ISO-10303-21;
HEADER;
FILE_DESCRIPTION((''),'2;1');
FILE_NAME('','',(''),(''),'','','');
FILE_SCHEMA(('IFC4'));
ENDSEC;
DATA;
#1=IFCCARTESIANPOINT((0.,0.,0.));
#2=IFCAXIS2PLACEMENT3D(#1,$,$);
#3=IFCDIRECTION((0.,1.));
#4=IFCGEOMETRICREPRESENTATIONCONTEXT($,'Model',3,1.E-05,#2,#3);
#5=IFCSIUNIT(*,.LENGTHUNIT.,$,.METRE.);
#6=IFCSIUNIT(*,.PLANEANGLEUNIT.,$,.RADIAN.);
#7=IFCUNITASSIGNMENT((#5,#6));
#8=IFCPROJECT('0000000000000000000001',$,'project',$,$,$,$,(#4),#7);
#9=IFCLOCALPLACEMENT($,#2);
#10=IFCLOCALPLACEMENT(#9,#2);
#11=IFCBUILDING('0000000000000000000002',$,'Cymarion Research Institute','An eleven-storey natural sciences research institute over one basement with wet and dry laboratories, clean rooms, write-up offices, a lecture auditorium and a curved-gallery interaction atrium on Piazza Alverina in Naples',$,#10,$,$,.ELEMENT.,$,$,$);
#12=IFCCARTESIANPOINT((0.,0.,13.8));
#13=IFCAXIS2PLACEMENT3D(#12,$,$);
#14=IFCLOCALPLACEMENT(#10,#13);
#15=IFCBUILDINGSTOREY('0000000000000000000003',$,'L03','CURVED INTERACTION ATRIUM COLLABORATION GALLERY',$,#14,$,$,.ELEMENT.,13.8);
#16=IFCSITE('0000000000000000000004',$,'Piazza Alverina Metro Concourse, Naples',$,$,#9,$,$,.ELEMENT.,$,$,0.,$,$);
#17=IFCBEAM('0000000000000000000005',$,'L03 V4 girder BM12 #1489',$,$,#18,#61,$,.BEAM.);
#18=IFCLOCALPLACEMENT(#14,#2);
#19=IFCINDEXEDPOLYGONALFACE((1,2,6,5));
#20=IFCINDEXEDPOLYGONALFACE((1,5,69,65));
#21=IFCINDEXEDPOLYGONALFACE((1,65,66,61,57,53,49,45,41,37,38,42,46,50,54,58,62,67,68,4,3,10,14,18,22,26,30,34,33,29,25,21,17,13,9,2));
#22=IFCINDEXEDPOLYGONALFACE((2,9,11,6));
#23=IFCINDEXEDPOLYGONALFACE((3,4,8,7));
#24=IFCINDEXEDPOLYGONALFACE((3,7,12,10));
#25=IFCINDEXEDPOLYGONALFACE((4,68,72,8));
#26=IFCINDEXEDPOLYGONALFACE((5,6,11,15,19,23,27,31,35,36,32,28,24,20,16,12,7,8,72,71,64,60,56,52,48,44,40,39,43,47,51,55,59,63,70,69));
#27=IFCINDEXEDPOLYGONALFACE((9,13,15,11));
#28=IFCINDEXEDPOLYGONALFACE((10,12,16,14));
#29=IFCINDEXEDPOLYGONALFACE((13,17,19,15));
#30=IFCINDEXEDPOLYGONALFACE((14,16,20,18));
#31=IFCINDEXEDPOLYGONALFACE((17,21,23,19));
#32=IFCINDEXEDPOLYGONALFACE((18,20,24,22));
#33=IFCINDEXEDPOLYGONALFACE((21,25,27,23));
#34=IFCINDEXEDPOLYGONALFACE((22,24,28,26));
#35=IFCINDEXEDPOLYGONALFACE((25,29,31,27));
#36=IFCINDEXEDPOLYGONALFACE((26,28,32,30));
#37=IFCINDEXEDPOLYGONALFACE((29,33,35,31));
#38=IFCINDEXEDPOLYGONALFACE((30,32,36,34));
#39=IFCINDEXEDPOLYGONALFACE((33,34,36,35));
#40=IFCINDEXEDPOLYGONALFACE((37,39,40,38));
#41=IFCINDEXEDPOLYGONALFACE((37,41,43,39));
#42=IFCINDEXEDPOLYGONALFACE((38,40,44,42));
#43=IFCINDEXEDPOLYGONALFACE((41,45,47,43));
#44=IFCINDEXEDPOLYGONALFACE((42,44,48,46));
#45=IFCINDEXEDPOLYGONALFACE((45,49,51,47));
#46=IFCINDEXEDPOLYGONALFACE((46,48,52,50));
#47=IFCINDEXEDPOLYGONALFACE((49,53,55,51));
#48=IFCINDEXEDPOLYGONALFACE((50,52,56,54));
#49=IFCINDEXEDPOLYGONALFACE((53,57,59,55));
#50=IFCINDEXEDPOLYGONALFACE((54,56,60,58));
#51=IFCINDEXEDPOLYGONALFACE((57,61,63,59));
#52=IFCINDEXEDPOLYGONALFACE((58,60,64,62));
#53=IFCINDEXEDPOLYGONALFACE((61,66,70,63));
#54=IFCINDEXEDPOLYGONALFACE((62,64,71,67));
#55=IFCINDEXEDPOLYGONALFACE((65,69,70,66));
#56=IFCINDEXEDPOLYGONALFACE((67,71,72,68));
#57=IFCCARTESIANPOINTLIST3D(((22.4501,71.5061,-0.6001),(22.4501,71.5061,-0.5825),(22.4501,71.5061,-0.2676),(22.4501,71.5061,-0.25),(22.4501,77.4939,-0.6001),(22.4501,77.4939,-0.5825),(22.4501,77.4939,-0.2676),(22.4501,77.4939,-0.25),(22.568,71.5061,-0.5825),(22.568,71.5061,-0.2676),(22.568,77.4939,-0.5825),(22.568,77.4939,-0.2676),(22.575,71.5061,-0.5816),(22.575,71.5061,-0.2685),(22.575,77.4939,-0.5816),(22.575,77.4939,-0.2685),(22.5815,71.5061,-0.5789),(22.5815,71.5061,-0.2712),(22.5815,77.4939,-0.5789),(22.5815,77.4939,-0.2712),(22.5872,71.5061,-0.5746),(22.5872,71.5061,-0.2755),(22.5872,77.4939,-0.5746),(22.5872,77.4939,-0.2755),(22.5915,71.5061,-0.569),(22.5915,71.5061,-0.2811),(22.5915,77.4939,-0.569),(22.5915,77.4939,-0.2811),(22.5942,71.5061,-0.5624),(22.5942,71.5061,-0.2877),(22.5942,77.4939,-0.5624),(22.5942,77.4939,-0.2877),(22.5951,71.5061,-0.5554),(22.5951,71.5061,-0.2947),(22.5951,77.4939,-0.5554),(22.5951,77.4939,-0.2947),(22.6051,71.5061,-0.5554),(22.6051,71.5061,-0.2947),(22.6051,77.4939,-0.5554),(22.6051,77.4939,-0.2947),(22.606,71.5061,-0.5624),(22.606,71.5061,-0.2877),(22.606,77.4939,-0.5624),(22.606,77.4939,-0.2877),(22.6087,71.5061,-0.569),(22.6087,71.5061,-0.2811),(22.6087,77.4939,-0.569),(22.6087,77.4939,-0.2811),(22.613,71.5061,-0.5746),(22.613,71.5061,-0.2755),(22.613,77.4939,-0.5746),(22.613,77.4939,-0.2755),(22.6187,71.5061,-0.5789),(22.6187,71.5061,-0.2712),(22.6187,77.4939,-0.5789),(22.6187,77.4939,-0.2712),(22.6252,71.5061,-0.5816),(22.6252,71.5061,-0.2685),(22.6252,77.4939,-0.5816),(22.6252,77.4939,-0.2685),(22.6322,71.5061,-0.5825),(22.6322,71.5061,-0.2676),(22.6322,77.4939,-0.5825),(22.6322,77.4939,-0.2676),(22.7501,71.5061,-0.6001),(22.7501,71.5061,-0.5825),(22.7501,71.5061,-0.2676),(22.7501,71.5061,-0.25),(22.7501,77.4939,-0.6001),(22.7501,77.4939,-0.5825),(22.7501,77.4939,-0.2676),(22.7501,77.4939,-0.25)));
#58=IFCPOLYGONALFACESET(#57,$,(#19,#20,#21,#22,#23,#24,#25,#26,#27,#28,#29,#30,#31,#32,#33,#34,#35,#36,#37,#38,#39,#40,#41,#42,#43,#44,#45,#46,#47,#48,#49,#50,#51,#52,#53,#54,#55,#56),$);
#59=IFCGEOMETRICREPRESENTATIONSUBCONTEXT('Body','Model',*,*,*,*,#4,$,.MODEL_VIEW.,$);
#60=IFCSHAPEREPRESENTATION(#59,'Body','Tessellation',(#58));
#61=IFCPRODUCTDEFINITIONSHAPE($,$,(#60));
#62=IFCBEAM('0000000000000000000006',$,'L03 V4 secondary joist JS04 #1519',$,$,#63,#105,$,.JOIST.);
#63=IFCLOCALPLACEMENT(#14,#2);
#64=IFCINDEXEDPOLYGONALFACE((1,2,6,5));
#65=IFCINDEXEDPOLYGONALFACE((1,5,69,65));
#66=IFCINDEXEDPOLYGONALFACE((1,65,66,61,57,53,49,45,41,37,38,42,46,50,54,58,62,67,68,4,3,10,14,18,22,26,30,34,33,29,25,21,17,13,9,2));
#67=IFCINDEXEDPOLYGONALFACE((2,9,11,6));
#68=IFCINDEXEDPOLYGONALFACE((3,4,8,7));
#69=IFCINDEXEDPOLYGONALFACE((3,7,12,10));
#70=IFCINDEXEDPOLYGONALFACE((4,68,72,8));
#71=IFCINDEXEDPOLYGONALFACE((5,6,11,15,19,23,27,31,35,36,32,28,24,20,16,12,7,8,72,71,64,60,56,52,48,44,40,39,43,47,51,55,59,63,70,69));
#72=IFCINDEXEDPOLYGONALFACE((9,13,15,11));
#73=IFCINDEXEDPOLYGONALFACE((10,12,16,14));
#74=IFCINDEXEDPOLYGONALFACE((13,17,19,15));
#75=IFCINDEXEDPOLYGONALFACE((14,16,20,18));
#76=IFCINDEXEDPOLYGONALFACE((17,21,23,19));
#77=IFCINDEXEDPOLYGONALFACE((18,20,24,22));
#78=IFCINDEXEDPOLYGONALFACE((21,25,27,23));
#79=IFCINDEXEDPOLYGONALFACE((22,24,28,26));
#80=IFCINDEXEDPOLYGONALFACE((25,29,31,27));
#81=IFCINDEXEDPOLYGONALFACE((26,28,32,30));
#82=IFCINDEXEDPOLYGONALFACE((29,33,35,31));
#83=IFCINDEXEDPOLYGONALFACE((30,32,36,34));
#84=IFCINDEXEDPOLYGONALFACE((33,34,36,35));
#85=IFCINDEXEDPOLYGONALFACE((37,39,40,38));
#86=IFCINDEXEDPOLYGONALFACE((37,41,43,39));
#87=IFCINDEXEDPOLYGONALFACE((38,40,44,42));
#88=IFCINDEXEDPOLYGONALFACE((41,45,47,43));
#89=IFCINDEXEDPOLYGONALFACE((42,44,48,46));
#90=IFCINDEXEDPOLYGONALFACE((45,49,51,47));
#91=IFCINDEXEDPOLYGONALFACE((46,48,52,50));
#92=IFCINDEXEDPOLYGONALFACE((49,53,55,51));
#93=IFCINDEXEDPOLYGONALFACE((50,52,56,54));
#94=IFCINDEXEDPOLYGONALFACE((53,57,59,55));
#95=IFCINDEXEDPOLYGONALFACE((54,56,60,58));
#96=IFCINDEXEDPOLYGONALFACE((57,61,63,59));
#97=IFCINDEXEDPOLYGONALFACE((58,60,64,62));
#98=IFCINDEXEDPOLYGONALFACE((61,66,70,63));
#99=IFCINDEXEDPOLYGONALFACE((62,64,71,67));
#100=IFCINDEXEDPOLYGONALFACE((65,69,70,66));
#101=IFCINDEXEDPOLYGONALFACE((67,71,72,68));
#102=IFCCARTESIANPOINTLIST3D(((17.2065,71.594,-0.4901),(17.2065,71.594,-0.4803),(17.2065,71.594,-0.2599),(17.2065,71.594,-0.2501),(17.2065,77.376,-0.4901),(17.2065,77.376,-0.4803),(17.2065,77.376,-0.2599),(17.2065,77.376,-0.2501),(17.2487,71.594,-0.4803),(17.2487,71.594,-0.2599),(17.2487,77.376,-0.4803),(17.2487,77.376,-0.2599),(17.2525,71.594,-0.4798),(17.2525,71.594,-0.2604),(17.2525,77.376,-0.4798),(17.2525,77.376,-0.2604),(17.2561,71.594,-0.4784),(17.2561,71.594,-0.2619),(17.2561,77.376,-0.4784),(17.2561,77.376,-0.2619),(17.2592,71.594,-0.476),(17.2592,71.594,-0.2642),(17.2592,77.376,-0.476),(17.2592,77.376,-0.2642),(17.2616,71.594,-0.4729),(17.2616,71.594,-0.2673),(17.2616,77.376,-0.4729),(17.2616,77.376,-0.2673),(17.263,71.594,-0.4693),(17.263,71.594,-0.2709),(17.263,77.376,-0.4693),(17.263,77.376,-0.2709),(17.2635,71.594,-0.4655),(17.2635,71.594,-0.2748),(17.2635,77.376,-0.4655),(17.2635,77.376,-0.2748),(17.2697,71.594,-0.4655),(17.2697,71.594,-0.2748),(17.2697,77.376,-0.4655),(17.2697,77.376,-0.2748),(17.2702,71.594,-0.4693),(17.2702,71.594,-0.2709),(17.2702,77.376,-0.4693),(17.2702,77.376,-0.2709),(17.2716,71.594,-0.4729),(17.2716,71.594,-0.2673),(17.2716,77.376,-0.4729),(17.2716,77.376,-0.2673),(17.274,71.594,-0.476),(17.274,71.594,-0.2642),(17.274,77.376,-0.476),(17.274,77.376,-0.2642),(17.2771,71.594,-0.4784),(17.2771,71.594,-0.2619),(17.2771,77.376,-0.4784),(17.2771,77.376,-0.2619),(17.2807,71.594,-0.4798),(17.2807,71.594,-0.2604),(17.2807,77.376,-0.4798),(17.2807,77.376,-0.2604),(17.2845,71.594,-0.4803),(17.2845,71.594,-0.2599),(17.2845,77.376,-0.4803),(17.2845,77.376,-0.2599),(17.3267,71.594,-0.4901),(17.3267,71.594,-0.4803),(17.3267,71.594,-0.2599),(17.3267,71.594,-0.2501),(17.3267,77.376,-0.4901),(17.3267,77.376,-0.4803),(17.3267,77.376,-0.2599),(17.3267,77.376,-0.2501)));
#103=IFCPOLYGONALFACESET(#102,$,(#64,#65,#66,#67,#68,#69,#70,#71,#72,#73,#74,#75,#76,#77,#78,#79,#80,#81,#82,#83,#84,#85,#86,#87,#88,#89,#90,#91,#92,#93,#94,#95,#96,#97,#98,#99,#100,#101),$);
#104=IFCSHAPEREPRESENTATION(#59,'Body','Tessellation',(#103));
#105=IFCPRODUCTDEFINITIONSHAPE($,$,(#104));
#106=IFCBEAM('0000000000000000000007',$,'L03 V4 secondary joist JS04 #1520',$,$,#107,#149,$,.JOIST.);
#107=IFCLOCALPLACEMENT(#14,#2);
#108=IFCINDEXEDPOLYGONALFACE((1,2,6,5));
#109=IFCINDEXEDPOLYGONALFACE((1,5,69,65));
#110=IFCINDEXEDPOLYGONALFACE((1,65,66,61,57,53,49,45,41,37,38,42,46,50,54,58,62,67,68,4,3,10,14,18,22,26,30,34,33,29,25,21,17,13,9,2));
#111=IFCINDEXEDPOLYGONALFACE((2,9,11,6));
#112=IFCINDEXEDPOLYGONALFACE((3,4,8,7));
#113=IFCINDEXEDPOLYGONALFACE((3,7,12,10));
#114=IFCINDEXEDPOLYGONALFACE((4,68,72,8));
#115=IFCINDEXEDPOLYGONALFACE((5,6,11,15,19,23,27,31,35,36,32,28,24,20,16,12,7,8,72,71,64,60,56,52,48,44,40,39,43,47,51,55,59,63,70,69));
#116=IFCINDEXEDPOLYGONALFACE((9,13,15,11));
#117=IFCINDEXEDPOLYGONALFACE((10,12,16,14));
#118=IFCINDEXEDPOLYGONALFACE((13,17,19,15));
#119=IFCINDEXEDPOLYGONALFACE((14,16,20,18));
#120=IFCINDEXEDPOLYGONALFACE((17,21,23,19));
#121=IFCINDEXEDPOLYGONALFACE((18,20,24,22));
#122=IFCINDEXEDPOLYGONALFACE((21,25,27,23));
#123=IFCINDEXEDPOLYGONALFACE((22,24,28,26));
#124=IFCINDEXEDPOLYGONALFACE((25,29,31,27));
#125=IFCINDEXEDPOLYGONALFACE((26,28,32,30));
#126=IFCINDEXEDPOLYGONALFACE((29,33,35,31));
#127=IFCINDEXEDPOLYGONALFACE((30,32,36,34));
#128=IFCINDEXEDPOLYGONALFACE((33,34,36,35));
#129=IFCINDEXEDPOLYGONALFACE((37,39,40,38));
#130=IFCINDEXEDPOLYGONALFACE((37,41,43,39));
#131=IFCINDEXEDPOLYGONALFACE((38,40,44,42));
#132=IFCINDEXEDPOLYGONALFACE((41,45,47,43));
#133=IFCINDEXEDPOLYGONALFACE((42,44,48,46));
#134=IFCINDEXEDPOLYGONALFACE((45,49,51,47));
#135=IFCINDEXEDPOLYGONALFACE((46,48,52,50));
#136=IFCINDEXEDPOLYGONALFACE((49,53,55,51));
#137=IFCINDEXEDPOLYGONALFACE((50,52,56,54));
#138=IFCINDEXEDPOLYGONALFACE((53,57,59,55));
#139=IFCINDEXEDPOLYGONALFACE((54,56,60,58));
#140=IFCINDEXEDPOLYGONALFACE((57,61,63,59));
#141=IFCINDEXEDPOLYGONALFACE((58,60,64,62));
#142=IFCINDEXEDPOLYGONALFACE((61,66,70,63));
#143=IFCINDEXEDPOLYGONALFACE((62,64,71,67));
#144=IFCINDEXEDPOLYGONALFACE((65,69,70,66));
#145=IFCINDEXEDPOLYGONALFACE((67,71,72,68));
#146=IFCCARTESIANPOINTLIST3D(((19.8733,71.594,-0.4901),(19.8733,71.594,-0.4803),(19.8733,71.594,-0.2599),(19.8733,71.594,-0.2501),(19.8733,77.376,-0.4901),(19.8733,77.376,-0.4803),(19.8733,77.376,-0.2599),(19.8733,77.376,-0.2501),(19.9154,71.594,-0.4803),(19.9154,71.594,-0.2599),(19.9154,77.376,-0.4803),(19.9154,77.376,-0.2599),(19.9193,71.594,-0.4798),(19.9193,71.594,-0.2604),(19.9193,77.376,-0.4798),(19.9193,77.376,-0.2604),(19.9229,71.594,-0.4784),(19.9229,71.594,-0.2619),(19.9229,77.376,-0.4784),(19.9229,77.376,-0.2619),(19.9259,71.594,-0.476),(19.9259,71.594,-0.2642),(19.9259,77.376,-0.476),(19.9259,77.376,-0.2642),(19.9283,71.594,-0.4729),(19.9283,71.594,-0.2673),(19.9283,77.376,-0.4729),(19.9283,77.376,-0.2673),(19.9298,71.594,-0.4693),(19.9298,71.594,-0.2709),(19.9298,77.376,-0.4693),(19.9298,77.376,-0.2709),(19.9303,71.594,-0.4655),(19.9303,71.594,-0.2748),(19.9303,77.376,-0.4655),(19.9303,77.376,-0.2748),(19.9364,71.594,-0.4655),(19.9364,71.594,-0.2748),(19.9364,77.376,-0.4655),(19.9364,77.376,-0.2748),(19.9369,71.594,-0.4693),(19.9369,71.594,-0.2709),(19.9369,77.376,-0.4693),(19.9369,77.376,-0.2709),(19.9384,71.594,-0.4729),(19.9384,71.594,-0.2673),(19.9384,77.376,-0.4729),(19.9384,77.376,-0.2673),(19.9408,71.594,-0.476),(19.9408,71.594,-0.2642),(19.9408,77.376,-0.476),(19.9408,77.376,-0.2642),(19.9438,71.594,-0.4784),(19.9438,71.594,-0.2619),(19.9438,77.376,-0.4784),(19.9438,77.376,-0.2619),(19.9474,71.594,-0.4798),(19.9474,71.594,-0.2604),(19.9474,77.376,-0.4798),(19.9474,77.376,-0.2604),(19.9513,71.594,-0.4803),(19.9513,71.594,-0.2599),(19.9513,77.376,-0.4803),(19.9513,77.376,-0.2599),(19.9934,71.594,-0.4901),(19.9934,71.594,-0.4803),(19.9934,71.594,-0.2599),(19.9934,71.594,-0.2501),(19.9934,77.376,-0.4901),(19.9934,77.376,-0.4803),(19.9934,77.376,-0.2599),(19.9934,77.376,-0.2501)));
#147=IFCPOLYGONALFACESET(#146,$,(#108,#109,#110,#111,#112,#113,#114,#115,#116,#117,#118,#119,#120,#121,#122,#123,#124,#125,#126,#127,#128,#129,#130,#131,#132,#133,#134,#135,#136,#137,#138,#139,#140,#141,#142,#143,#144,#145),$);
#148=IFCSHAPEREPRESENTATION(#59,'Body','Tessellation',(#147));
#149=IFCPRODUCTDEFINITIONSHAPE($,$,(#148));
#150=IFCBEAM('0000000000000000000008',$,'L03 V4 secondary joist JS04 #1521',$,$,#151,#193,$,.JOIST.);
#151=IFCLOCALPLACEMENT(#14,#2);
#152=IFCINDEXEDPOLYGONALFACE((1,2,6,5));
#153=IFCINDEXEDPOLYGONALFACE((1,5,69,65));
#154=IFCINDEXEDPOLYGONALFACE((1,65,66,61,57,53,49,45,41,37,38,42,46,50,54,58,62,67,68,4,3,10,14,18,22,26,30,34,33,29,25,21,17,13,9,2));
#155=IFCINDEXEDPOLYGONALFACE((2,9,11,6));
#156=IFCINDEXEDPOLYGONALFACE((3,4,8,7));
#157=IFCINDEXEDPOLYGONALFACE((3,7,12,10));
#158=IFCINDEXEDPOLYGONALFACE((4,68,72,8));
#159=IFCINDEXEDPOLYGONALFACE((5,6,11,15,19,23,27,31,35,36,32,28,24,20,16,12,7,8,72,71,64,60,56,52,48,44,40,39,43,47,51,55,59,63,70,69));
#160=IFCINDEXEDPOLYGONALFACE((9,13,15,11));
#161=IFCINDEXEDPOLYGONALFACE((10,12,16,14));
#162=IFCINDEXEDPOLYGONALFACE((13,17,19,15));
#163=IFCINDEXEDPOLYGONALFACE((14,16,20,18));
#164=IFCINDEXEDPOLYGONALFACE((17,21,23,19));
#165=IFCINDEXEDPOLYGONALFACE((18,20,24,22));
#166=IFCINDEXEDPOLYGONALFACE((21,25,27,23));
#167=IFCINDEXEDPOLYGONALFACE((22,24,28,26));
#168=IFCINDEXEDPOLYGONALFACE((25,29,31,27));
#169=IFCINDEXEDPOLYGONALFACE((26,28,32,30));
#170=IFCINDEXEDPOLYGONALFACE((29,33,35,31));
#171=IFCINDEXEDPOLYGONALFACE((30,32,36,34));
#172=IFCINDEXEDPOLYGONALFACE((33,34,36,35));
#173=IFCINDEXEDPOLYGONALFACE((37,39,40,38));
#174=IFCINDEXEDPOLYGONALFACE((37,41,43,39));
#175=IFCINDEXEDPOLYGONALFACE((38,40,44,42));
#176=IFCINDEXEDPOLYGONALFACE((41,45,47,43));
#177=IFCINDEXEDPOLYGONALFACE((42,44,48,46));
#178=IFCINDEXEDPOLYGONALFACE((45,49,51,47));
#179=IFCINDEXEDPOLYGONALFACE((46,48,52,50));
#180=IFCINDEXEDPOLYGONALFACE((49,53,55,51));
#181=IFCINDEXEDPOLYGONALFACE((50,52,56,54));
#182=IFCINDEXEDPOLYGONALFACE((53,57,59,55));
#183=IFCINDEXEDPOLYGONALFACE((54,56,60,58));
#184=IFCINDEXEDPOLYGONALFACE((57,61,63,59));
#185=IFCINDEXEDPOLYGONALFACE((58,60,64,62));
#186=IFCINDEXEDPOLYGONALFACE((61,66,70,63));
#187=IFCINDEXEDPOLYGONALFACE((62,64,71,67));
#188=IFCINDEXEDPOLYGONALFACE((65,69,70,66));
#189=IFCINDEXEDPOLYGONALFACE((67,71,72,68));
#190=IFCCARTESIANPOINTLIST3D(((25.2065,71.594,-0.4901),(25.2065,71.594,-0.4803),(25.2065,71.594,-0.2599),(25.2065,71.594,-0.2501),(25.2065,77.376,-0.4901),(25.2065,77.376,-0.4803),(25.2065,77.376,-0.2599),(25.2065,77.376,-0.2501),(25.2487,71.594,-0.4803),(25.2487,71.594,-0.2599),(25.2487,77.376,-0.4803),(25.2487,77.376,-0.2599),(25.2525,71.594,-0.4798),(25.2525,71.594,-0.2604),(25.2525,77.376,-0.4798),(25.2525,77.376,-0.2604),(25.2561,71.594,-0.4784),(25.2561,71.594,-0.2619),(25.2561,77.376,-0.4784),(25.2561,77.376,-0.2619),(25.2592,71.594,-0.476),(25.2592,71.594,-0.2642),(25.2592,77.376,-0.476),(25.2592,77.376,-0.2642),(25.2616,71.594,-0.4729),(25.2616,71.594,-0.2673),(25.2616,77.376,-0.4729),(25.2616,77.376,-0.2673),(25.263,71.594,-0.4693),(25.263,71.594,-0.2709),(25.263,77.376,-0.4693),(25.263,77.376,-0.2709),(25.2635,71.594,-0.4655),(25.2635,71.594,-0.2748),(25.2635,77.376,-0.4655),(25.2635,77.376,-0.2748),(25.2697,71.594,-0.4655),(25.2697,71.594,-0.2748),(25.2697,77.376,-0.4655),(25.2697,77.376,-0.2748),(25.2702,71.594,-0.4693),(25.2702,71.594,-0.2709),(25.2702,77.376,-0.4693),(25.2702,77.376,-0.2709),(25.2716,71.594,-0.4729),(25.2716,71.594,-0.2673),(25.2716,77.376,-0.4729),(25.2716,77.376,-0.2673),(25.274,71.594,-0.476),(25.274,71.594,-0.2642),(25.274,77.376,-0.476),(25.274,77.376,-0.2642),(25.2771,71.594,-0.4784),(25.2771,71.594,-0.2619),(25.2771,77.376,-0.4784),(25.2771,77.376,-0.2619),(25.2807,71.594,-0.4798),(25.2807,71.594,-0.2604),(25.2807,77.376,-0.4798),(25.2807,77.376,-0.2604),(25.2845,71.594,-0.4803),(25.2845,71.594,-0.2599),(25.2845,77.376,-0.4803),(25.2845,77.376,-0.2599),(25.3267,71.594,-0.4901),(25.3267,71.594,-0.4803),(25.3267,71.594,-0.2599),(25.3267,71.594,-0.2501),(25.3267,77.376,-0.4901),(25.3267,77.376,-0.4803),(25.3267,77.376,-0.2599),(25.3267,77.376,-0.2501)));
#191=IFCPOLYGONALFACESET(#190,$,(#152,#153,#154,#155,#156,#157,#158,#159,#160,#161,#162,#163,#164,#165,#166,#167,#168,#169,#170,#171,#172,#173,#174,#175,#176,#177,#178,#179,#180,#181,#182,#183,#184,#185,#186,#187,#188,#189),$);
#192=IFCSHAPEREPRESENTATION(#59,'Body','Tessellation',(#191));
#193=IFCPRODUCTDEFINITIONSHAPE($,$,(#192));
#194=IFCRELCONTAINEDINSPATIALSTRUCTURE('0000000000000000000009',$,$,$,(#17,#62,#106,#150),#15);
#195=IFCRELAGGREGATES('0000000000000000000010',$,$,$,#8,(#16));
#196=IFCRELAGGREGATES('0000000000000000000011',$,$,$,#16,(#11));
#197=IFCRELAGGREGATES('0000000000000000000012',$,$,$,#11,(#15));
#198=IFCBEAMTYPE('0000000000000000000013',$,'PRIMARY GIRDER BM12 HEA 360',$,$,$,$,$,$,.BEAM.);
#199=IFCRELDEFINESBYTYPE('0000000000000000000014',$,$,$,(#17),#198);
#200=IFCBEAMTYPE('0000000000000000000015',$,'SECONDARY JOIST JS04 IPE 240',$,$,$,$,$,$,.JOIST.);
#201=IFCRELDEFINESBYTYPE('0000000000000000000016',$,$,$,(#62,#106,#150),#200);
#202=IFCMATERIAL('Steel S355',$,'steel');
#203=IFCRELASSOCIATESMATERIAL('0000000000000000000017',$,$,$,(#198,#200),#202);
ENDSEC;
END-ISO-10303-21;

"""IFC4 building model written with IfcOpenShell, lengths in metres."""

from ifc_helpers import new_model, si_unit, direction, frame, origin, origin_2d, place, context, subcontext, project, spatial, i_section, extrude, material, material_profile, profile_set, type_object, element, save


model = new_model("IFC4")

# Units and contexts
model_context = context("Model", 3, precision=1e-05, world=origin(), true_north=direction((0.0, 1.0)))
body_context = subcontext(model_context, "Body", "Model", "MODEL_VIEW")
ifc_project = project(units=[si_unit("LENGTHUNIT", "METRE"), si_unit("PLANEANGLEUNIT", "RADIAN")], contexts=[model_context])

# Site, building, storey
site_placement = place(None, origin())
site = spatial("IfcSite", under=ifc_project, at=site_placement, Name="Piazza Alverina Metro Concourse, Naples", CompositionType="ELEMENT", RefElevation=0.0)
building_placement = place(site_placement, origin())
building = spatial("IfcBuilding", under=site, at=building_placement, Name="Cymarion Research Institute", Description="An eleven-storey natural sciences research institute over one basement with wet and dry laboratories, clean rooms, write-up offices, a lecture auditorium and a curved-gallery interaction atrium on Piazza Alverina in Naples", CompositionType="ELEMENT")
storey_placement = place(building_placement, frame((0.0, 0.0, 13.8)))
storey = spatial("IfcBuildingStorey", under=building, at=storey_placement, Name="L03", Description="CURVED INTERACTION ATRIUM COLLABORATION GALLERY", CompositionType="ELEMENT", Elevation=13.8)

# Shared definitions
ifc_material_1 = material(Name="Steel S355", Category="steel")

# Beams
ifc_material_profile_1 = material_profile(ifc_material_1, i_section(OverallWidth=0.3, OverallDepth=0.3501, WebThickness=0.01, FlangeThickness=0.0176, FilletRadius=0.0271, at=origin_2d()), Name="HEA 360")
ifc_profile_set_1 = profile_set([ifc_material_profile_1], Name="Steel S355")
beam_type_1 = type_object("IfcBeamType", Name="PRIMARY GIRDER BM12 HEA 360", PredefinedType="BEAM", material=ifc_profile_set_1)
beam_placement = place(storey_placement, frame((22.6001, 71.5061, -0.425), z_axis=(0.0, 1.0, 0.0), x_axis=(-1.0, 0.0, 0.0)))
element("IfcBeam", 1, at=beam_placement, inside=storey, type_object=beam_type_1, Name="L03 V4 girder BM12 #1489", PredefinedType="BEAM", context=body_context, shape_type="SweptSolid", body=[
    extrude(i_section(OverallWidth=0.3, OverallDepth=0.3501, WebThickness=0.01, FlangeThickness=0.0176, FilletRadius=0.0271, at=origin_2d()), origin(), (0.0, 0.0, 1.0), 5.9878),
])
ifc_material_profile_2 = material_profile(ifc_material_1, i_section(OverallWidth=0.1201, OverallDepth=0.24, WebThickness=0.0061, FlangeThickness=0.0098, FilletRadius=0.0149, at=origin_2d()), Name="IPE 240")
ifc_profile_set_2 = profile_set([ifc_material_profile_2], Name="Steel S355")
beam_type_2 = type_object("IfcBeamType", Name="SECONDARY JOIST JS04 IPE 240", PredefinedType="JOIST", material=ifc_profile_set_2)
for number, where, z_axis, x_axis, name in (
    (2, (17.2666, 71.594, -0.3701), (0.0, 1.0, 0.0), (-1.0, 0.0, 0.0), "L03 V4 secondary joist JS04 #1519"),
    (3, (19.9333, 71.594, -0.3701), (0.0, 1.0, 0.0), (-1.0, 0.0, 0.0), "L03 V4 secondary joist JS04 #1520"),
    (4, (25.2666, 71.594, -0.3701), (0.0, 1.0, 0.0), (-1.0, 0.0, 0.0), "L03 V4 secondary joist JS04 #1521"),
):
    element("IfcBeam", number, at=place(storey_placement, frame(where, z_axis=z_axis, x_axis=x_axis)), inside=storey, type_object=beam_type_2, Name=name, PredefinedType="JOIST", context=body_context, shape_type="SweptSolid", body=[
        extrude(i_section(OverallWidth=0.1201, OverallDepth=0.24, WebThickness=0.0061, FlangeThickness=0.0098, FilletRadius=0.0149, at=origin_2d()), origin(), (0.0, 0.0, 1.0), 5.782),
    ])

save(model, "model.ifc")
